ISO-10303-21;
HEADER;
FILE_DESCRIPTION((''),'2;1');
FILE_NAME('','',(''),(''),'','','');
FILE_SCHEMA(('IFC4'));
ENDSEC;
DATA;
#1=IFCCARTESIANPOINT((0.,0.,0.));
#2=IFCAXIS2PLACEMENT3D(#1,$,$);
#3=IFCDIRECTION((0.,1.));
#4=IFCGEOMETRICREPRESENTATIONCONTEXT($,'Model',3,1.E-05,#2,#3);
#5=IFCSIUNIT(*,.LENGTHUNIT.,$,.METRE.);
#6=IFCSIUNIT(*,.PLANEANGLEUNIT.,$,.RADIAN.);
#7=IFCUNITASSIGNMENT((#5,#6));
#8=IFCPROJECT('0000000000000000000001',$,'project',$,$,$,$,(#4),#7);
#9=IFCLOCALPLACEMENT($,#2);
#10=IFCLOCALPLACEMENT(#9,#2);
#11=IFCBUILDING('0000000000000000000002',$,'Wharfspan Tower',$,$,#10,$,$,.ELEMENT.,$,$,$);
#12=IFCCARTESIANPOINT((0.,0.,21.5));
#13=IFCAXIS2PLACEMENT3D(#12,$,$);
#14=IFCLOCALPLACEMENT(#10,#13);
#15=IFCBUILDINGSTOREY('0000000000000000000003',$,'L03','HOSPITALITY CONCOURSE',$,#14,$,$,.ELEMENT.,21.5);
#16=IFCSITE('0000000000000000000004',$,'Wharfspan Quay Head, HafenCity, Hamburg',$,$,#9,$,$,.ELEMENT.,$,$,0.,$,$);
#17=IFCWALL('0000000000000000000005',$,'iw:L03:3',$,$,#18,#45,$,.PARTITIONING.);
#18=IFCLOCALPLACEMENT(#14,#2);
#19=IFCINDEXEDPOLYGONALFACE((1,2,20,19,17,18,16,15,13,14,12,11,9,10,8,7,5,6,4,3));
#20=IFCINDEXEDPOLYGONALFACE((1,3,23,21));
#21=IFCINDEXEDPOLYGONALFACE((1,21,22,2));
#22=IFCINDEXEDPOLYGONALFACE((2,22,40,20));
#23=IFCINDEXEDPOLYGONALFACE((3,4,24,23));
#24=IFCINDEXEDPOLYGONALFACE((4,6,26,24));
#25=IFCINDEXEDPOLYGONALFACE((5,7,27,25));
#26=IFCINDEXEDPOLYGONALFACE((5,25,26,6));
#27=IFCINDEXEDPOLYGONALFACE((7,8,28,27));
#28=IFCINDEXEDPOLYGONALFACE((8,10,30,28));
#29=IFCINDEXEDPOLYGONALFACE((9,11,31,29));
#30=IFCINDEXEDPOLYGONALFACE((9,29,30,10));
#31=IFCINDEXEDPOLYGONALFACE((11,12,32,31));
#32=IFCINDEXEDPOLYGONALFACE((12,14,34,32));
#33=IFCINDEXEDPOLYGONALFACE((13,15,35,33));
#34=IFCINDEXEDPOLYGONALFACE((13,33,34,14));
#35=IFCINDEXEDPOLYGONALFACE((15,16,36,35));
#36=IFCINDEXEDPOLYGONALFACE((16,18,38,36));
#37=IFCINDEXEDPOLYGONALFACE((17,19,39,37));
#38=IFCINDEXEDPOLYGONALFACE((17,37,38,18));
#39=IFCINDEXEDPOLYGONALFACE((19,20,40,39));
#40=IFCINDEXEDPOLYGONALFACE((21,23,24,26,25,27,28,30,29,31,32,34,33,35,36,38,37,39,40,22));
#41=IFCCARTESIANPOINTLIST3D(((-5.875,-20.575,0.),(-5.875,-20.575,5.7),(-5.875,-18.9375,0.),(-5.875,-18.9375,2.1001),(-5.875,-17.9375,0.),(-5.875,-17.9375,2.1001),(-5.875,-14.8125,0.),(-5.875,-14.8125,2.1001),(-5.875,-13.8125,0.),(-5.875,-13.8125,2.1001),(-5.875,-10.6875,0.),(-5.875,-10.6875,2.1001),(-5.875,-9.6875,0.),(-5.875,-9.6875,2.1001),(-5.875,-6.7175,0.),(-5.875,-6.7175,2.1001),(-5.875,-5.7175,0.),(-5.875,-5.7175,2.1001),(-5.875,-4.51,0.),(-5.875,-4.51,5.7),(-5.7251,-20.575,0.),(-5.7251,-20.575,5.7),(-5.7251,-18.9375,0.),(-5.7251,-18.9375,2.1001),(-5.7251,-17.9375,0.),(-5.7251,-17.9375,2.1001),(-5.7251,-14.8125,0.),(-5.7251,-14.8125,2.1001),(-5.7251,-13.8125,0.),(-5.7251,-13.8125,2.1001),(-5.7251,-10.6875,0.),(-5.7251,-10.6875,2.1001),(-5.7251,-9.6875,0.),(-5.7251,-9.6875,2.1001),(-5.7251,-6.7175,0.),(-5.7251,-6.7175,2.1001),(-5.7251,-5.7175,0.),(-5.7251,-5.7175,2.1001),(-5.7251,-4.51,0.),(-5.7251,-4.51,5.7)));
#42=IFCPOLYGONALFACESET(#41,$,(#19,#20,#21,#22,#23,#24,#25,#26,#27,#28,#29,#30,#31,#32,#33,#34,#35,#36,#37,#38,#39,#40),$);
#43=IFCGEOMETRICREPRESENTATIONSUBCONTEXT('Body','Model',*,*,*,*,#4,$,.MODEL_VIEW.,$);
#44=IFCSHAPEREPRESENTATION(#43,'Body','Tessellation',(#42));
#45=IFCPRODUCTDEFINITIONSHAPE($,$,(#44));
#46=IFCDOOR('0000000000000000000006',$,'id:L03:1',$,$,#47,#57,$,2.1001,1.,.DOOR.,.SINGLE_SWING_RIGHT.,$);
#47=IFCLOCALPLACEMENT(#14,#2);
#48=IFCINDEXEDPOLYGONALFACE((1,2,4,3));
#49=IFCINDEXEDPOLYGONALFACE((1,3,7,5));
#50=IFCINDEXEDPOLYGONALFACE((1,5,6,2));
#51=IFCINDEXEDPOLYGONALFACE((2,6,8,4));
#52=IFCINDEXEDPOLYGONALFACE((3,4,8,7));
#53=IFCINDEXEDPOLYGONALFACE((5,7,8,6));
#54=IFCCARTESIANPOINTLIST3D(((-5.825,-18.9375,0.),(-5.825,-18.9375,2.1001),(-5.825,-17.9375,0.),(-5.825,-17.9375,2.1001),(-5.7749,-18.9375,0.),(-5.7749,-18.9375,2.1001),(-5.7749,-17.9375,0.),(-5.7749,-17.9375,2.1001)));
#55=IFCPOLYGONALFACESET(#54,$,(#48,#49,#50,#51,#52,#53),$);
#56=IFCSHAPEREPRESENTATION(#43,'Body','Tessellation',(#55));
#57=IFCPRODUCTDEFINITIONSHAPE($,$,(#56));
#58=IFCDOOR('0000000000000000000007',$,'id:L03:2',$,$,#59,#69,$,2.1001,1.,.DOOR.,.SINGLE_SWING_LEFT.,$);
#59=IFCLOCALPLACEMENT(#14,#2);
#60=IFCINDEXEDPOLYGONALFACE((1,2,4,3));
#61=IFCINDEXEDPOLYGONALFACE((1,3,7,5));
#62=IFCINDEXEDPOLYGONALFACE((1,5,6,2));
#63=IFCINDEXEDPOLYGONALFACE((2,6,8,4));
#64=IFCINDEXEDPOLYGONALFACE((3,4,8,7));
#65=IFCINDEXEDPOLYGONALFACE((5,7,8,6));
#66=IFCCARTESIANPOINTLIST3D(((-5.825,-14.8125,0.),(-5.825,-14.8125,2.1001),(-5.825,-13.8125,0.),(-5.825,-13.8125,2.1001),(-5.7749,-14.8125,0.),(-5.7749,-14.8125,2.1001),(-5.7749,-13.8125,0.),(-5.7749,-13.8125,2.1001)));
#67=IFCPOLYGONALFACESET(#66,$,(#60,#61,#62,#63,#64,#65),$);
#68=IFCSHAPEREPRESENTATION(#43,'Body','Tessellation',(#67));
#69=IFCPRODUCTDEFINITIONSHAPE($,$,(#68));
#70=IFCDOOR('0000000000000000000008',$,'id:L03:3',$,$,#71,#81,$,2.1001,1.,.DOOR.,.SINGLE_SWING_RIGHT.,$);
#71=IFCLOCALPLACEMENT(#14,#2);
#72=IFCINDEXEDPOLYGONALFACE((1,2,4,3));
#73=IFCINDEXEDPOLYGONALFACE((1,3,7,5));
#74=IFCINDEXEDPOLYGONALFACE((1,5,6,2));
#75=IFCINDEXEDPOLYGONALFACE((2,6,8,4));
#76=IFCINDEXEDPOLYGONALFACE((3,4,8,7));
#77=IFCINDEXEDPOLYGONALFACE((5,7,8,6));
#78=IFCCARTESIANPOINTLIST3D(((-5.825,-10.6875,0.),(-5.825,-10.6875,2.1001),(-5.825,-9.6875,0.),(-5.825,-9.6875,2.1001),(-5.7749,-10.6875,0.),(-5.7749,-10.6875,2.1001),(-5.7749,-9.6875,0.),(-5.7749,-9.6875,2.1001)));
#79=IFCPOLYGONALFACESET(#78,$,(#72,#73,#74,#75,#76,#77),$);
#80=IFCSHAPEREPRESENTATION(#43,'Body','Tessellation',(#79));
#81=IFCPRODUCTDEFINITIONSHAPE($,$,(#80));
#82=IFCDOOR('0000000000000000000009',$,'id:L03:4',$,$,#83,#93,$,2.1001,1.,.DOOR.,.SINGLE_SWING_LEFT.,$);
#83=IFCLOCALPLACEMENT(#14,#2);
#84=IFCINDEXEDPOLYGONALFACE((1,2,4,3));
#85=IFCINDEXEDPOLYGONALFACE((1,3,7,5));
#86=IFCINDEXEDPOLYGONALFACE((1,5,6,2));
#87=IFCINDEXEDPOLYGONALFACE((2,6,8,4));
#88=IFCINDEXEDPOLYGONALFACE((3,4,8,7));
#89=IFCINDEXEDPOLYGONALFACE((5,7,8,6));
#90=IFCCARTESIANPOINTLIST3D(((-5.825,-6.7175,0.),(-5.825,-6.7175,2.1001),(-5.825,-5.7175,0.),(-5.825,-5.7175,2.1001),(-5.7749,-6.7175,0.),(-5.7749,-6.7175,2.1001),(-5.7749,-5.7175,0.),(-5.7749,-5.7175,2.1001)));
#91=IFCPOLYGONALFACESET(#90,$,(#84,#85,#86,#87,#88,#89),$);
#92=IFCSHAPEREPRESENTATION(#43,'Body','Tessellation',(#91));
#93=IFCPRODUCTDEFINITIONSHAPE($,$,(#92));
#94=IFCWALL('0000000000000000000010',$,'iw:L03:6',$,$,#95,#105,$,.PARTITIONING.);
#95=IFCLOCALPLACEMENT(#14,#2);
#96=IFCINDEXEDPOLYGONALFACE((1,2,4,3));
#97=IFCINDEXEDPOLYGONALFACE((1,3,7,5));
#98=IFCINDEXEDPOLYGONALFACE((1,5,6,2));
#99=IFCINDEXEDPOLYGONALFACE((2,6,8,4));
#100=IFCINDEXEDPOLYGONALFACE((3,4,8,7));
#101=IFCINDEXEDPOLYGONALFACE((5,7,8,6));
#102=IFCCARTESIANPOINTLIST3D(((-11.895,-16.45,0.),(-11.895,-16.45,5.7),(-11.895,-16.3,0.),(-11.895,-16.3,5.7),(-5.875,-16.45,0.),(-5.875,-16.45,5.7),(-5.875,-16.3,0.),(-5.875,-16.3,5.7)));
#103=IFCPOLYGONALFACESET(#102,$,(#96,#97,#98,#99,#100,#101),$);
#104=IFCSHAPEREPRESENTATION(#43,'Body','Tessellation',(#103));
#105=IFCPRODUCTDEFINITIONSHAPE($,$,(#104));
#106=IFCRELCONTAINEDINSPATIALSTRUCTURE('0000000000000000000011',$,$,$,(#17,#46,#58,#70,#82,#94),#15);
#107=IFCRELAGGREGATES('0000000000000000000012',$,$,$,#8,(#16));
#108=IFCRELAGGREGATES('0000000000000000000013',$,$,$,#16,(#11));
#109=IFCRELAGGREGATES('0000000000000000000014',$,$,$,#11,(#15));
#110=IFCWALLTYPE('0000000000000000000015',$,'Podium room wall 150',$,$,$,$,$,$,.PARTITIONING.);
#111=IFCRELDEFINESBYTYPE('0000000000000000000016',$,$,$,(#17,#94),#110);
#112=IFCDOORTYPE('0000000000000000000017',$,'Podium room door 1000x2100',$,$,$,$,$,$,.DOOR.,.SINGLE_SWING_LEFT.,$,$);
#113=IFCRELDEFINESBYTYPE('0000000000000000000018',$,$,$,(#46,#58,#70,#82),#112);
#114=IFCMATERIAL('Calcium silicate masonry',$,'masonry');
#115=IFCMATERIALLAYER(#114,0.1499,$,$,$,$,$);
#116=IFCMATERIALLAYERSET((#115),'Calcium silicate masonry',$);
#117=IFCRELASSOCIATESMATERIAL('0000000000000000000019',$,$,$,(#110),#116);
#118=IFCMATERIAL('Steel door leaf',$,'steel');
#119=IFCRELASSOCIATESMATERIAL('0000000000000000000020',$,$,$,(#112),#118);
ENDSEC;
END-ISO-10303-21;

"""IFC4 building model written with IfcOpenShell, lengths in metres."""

from ifc_helpers import new_model, si_unit, direction, frame, frame_2d, origin, place, context, subcontext, project, spatial, rectangle, extrude, material, layer, layer_set, type_object, element, fill, save


model = new_model("IFC4")

# Units and contexts
model_context = context("Model", 3, precision=1e-05, world=origin(), true_north=direction((0.0, 1.0)))
body_context = subcontext(model_context, "Body", "Model", "MODEL_VIEW")
ifc_project = project(units=[si_unit("LENGTHUNIT", "METRE"), si_unit("PLANEANGLEUNIT", "RADIAN")], contexts=[model_context])

# Site, building, storey
site_placement = place(None, origin())
site = spatial("IfcSite", under=ifc_project, at=site_placement, Name="Wharfspan Quay Head, HafenCity, Hamburg", CompositionType="ELEMENT", RefElevation=0.0)
building_placement = place(site_placement, origin())
building = spatial("IfcBuilding", under=site, at=building_placement, Name="Wharfspan Tower", CompositionType="ELEMENT")
storey_placement = place(building_placement, frame((0.0, 0.0, 21.5)))
storey = spatial("IfcBuildingStorey", under=building, at=storey_placement, Name="L03", Description="HOSPITALITY CONCOURSE", CompositionType="ELEMENT", Elevation=21.5)

# Shared definitions
ifc_material_1 = material(Name="Calcium silicate masonry", Category="masonry")
ifc_layer_1 = layer(ifc_material_1, 0.1499)
ifc_layer_set_1 = layer_set([ifc_layer_1], Name="Calcium silicate masonry")
wall_type = type_object("IfcWallType", Name="Podium room wall 150", PredefinedType="PARTITIONING", material=ifc_layer_set_1)

# Wall, openings, doors
wall_1_placement = place(storey_placement, frame((-5.8, -20.575, 0.0), z_axis=(0.0, 0.0, 1.0), x_axis=(0.0, 1.0, 0.0)))
wall_1 = element("IfcWall", 1, at=wall_1_placement, inside=storey, type_object=wall_type, Name="iw:L03:3", PredefinedType="PARTITIONING", context=body_context, shape_type="SweptSolid", body=[
    extrude(rectangle(XDim=16.0649, YDim=0.1499, at=frame_2d((8.0325, 0.0))), origin(), (0.0, 0.0, 1.0), 5.7),
])
opening_1_placement = place(wall_1_placement, frame((1.6375, 0.0, 0.0)))
opening_1 = element("IfcOpeningElement", 2, at=opening_1_placement, cuts=wall_1, PredefinedType="OPENING", context=body_context, shape_type="SweptSolid", body=[
    extrude(rectangle(XDim=1.0, YDim=2.1001, at=frame_2d((0.5, 1.05))), frame((0.0, 0.085, 0.0), z_axis=(0.0, -1.0, 0.0), x_axis=(1.0, 0.0, 0.0)), (0.0, 0.0, 1.0), 0.1699),
])
opening_2_placement = place(wall_1_placement, frame((5.7625, 0.0, 0.0)))
opening_2 = element("IfcOpeningElement", 3, at=opening_2_placement, cuts=wall_1, PredefinedType="OPENING", context=body_context, shape_type="SweptSolid", body=[
    extrude(rectangle(XDim=1.0, YDim=2.1001, at=frame_2d((0.5, 1.05))), frame((0.0, 0.085, 0.0), z_axis=(0.0, -1.0, 0.0), x_axis=(1.0, 0.0, 0.0)), (0.0, 0.0, 1.0), 0.1699),
])
opening_3_placement = place(wall_1_placement, frame((9.8875, 0.0, 0.0)))
opening_3 = element("IfcOpeningElement", 4, at=opening_3_placement, cuts=wall_1, PredefinedType="OPENING", context=body_context, shape_type="SweptSolid", body=[
    extrude(rectangle(XDim=1.0, YDim=2.1001, at=frame_2d((0.5, 1.05))), frame((0.0, 0.085, 0.0), z_axis=(0.0, -1.0, 0.0), x_axis=(1.0, 0.0, 0.0)), (0.0, 0.0, 1.0), 0.1699),
])
opening_4_placement = place(wall_1_placement, frame((13.8574, 0.0, 0.0)))
opening_4 = element("IfcOpeningElement", 5, at=opening_4_placement, cuts=wall_1, PredefinedType="OPENING", context=body_context, shape_type="SweptSolid", body=[
    extrude(rectangle(XDim=1.0, YDim=2.1001, at=frame_2d((0.5, 1.05))), frame((0.0, 0.085, 0.0), z_axis=(0.0, -1.0, 0.0), x_axis=(1.0, 0.0, 0.0)), (0.0, 0.0, 1.0), 0.1699),
])
ifc_material_2 = material(Name="Steel door leaf", Category="steel")
door_type = type_object("IfcDoorType", Name="Podium room door 1000x2100", OperationType="SINGLE_SWING_LEFT", PredefinedType="DOOR", material=ifc_material_2)
door_1_placement = place(opening_1_placement, origin())
door_1 = element("IfcDoor", 6, at=door_1_placement, inside=storey, type_object=door_type, Name="id:L03:1", OperationType="SINGLE_SWING_RIGHT", OverallHeight=2.1001, OverallWidth=1.0, PredefinedType="DOOR", context=body_context, shape_type="SweptSolid", body=[
    extrude(rectangle(XDim=1.0, YDim=2.1001, at=frame_2d((0.5, 1.05))), frame((0.0, 0.0249, 0.0), z_axis=(0.0, -1.0, 0.0), x_axis=(1.0, 0.0, 0.0)), (0.0, 0.0, 1.0), 0.05),
])
fill(opening_1, door_1)
door_2_placement = place(opening_2_placement, origin())
door_2 = element("IfcDoor", 7, at=door_2_placement, inside=storey, type_object=door_type, Name="id:L03:2", OperationType="SINGLE_SWING_LEFT", OverallHeight=2.1001, OverallWidth=1.0, PredefinedType="DOOR", context=body_context, shape_type="SweptSolid", body=[
    extrude(rectangle(XDim=1.0, YDim=2.1001, at=frame_2d((0.5, 1.05))), frame((0.0, 0.0249, 0.0), z_axis=(0.0, -1.0, 0.0), x_axis=(1.0, 0.0, 0.0)), (0.0, 0.0, 1.0), 0.05),
])
fill(opening_2, door_2)
door_3_placement = place(opening_3_placement, origin())
door_3 = element("IfcDoor", 8, at=door_3_placement, inside=storey, type_object=door_type, Name="id:L03:3", OperationType="SINGLE_SWING_RIGHT", OverallHeight=2.1001, OverallWidth=1.0, PredefinedType="DOOR", context=body_context, shape_type="SweptSolid", body=[
    extrude(rectangle(XDim=1.0, YDim=2.1001, at=frame_2d((0.5, 1.05))), frame((0.0, 0.0249, 0.0), z_axis=(0.0, -1.0, 0.0), x_axis=(1.0, 0.0, 0.0)), (0.0, 0.0, 1.0), 0.05),
])
fill(opening_3, door_3)
door_4_placement = place(opening_4_placement, origin())
door_4 = element("IfcDoor", 9, at=door_4_placement, inside=storey, type_object=door_type, Name="id:L03:4", OperationType="SINGLE_SWING_LEFT", OverallHeight=2.1001, OverallWidth=1.0, PredefinedType="DOOR", context=body_context, shape_type="SweptSolid", body=[
    extrude(rectangle(XDim=1.0, YDim=2.1001, at=frame_2d((0.5, 1.05))), frame((0.0, 0.0249, 0.0), z_axis=(0.0, -1.0, 0.0), x_axis=(1.0, 0.0, 0.0)), (0.0, 0.0, 1.0), 0.05),
])
fill(opening_4, door_4)

# Wall
wall_2_placement = place(storey_placement, frame((-11.895, -16.375, 0.0), z_axis=(0.0, 0.0, 1.0), x_axis=(1.0, 0.0, 0.0)))
element("IfcWall", 10, at=wall_2_placement, inside=storey, type_object=wall_type, Name="iw:L03:6", PredefinedType="PARTITIONING", context=body_context, shape_type="SweptSolid", body=[
    extrude(rectangle(XDim=6.02, YDim=0.1499, at=frame_2d((3.01, 0.0))), origin(), (0.0, 0.0, 1.0), 5.7),
])

save(model, "model.ifc")
